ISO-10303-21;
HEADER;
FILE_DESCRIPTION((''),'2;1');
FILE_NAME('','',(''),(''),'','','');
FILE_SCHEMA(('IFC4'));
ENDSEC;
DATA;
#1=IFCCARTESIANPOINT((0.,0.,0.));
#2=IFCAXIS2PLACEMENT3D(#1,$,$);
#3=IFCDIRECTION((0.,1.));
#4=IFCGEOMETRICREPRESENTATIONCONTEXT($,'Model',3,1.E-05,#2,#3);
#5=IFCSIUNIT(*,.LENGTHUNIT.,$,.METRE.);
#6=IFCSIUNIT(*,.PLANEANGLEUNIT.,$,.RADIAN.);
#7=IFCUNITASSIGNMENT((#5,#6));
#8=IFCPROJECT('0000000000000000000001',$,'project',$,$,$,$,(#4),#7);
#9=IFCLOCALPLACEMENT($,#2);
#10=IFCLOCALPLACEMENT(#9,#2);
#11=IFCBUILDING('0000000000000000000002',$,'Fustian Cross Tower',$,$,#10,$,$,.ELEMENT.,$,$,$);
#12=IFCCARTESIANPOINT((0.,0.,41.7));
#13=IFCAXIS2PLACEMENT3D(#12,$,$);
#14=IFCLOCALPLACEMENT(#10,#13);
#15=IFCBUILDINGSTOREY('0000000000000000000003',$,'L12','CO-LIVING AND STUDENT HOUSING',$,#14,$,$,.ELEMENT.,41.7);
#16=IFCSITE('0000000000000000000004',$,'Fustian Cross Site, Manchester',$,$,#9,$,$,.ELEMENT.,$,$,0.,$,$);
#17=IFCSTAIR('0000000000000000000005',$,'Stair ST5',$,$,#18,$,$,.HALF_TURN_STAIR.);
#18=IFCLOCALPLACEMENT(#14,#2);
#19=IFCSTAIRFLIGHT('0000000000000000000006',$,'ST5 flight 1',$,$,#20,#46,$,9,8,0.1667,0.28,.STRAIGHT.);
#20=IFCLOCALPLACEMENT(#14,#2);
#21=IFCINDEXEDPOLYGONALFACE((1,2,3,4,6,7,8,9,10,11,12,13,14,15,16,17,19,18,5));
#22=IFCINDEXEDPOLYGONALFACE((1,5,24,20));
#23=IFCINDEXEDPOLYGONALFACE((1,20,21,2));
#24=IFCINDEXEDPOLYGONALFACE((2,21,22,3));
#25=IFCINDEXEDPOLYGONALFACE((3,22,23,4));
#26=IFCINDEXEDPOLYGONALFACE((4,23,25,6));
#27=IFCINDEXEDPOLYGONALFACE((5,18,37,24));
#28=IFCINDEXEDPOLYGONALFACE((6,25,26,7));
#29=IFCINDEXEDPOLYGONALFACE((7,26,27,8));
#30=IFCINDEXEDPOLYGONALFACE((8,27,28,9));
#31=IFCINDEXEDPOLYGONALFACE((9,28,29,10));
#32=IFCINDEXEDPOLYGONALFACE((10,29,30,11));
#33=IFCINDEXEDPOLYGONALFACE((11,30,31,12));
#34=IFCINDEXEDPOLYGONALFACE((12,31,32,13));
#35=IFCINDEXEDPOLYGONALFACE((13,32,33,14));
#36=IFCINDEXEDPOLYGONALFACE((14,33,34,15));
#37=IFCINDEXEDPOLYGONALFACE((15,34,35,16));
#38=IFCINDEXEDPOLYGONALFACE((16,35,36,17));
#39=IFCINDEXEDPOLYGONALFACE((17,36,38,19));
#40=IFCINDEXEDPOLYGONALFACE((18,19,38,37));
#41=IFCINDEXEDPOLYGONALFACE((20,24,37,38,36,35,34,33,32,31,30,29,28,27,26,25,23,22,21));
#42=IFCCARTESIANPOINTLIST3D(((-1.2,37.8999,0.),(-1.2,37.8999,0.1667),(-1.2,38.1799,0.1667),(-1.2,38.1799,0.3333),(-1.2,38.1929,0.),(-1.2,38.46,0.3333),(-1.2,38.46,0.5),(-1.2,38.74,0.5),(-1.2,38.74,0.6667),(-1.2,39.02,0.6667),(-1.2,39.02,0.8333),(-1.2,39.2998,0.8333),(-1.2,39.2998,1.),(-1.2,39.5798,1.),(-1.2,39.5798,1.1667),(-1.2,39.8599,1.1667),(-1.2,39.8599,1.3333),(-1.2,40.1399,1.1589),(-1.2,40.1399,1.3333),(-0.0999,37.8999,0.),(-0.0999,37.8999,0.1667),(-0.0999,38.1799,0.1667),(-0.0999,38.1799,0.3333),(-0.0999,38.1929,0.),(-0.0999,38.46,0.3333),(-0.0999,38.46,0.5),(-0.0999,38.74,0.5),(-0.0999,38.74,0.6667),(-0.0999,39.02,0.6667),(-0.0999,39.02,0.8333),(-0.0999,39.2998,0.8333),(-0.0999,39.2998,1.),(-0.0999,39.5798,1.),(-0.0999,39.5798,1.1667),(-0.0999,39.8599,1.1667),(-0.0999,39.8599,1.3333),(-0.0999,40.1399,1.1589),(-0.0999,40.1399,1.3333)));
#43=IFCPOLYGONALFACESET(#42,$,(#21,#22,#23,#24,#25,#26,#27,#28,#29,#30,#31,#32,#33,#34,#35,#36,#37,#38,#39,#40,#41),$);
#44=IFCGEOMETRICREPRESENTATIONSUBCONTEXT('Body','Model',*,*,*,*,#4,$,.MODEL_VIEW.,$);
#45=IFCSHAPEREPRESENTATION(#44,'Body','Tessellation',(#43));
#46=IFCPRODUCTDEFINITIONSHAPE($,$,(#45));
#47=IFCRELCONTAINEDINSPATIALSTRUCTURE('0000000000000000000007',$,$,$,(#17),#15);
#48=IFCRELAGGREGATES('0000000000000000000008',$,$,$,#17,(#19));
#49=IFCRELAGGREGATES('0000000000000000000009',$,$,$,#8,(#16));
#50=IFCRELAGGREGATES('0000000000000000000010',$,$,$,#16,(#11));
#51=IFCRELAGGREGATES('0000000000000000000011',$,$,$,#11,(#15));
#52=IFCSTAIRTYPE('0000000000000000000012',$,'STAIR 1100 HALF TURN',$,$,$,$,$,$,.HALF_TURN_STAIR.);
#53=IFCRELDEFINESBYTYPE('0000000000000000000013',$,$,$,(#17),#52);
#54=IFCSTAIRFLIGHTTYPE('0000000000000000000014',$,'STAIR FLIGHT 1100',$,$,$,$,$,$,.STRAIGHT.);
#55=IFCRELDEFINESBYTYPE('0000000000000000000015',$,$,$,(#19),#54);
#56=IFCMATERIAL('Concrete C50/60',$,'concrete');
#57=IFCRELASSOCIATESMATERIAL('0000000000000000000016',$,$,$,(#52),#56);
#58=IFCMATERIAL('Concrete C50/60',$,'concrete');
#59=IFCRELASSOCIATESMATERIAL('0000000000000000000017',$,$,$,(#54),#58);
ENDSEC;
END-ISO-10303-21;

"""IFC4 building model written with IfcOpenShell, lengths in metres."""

from ifc_helpers import new_model, si_unit, direction, frame, origin, place, context, subcontext, project, spatial, polyline, outline, extrude, material, type_object, element, aggregate, save


model = new_model("IFC4")

# Units and contexts
model_context = context("Model", 3, precision=1e-05, world=origin(), true_north=direction((0.0, 1.0)))
body_context = subcontext(model_context, "Body", "Model", "MODEL_VIEW")
ifc_project = project(units=[si_unit("LENGTHUNIT", "METRE"), si_unit("PLANEANGLEUNIT", "RADIAN")], contexts=[model_context])

# Site, building, storey
site_placement = place(None, origin())
site = spatial("IfcSite", under=ifc_project, at=site_placement, Name="Fustian Cross Site, Manchester", CompositionType="ELEMENT", RefElevation=0.0)
building_placement = place(site_placement, origin())
building = spatial("IfcBuilding", under=site, at=building_placement, Name="Fustian Cross Tower", CompositionType="ELEMENT")
storey_placement = place(building_placement, frame((0.0, 0.0, 41.7)))
storey = spatial("IfcBuildingStorey", under=building, at=storey_placement, Name="L12", Description="CO-LIVING AND STUDENT HOUSING", CompositionType="ELEMENT", Elevation=41.7)

# Stair, stair flight
ifc_material_1 = material(Name="Concrete C50/60", Category="concrete")
stair_type = type_object("IfcStairType", Name="STAIR 1100 HALF TURN", PredefinedType="HALF_TURN_STAIR", material=ifc_material_1)
stair_placement = place(storey_placement, origin())
stair = element("IfcStair", 1, at=stair_placement, inside=storey, type_object=stair_type, Name="Stair ST5", PredefinedType="HALF_TURN_STAIR")
ifc_material_2 = material(Name="Concrete C50/60", Category="concrete")
stair_flight_type = type_object("IfcStairFlightType", Name="STAIR FLIGHT 1100", PredefinedType="STRAIGHT", material=ifc_material_2)
stair_flight_placement = place(storey_placement, frame((-0.6499, 37.8999, 0.0), z_axis=(0.0, 0.0, 1.0), x_axis=(0.0, 1.0, 0.0)))
stair_flight = element("IfcStairFlight", 2, at=stair_flight_placement, type_object=stair_flight_type, Name="ST5 flight 1", NumberOfRisers=9, NumberOfTreads=8, PredefinedType="STRAIGHT", RiserHeight=0.1667, TreadLength=0.28, context=body_context, shape_type="SweptSolid", body=[
    extrude(outline(polyline([(0.0, 0.0), (0.0, 0.1667), (0.28, 0.1667), (0.28, 0.3333), (0.5601, 0.3333), (0.5601, 0.5), (0.8401, 0.5), (0.8401, 0.6667), (1.1201, 0.6667), (1.1201, 0.8333), (1.3999, 0.8333), (1.3999, 1.0), (1.6799, 1.0), (1.6799, 1.1667), (1.96, 1.1667), (1.96, 1.3333), (2.24, 1.3333), (2.24, 1.5), (2.24, 1.1589), (0.293, 0.0), (0.0, 0.0)])), frame((0.0, 0.55, 0.0), z_axis=(0.0, -1.0, 0.0), x_axis=(1.0, 0.0, 0.0)), (0.0, 0.0, 1.0), 1.1001),
])
aggregate(stair, [stair_flight])

save(model, "model.ifc")
